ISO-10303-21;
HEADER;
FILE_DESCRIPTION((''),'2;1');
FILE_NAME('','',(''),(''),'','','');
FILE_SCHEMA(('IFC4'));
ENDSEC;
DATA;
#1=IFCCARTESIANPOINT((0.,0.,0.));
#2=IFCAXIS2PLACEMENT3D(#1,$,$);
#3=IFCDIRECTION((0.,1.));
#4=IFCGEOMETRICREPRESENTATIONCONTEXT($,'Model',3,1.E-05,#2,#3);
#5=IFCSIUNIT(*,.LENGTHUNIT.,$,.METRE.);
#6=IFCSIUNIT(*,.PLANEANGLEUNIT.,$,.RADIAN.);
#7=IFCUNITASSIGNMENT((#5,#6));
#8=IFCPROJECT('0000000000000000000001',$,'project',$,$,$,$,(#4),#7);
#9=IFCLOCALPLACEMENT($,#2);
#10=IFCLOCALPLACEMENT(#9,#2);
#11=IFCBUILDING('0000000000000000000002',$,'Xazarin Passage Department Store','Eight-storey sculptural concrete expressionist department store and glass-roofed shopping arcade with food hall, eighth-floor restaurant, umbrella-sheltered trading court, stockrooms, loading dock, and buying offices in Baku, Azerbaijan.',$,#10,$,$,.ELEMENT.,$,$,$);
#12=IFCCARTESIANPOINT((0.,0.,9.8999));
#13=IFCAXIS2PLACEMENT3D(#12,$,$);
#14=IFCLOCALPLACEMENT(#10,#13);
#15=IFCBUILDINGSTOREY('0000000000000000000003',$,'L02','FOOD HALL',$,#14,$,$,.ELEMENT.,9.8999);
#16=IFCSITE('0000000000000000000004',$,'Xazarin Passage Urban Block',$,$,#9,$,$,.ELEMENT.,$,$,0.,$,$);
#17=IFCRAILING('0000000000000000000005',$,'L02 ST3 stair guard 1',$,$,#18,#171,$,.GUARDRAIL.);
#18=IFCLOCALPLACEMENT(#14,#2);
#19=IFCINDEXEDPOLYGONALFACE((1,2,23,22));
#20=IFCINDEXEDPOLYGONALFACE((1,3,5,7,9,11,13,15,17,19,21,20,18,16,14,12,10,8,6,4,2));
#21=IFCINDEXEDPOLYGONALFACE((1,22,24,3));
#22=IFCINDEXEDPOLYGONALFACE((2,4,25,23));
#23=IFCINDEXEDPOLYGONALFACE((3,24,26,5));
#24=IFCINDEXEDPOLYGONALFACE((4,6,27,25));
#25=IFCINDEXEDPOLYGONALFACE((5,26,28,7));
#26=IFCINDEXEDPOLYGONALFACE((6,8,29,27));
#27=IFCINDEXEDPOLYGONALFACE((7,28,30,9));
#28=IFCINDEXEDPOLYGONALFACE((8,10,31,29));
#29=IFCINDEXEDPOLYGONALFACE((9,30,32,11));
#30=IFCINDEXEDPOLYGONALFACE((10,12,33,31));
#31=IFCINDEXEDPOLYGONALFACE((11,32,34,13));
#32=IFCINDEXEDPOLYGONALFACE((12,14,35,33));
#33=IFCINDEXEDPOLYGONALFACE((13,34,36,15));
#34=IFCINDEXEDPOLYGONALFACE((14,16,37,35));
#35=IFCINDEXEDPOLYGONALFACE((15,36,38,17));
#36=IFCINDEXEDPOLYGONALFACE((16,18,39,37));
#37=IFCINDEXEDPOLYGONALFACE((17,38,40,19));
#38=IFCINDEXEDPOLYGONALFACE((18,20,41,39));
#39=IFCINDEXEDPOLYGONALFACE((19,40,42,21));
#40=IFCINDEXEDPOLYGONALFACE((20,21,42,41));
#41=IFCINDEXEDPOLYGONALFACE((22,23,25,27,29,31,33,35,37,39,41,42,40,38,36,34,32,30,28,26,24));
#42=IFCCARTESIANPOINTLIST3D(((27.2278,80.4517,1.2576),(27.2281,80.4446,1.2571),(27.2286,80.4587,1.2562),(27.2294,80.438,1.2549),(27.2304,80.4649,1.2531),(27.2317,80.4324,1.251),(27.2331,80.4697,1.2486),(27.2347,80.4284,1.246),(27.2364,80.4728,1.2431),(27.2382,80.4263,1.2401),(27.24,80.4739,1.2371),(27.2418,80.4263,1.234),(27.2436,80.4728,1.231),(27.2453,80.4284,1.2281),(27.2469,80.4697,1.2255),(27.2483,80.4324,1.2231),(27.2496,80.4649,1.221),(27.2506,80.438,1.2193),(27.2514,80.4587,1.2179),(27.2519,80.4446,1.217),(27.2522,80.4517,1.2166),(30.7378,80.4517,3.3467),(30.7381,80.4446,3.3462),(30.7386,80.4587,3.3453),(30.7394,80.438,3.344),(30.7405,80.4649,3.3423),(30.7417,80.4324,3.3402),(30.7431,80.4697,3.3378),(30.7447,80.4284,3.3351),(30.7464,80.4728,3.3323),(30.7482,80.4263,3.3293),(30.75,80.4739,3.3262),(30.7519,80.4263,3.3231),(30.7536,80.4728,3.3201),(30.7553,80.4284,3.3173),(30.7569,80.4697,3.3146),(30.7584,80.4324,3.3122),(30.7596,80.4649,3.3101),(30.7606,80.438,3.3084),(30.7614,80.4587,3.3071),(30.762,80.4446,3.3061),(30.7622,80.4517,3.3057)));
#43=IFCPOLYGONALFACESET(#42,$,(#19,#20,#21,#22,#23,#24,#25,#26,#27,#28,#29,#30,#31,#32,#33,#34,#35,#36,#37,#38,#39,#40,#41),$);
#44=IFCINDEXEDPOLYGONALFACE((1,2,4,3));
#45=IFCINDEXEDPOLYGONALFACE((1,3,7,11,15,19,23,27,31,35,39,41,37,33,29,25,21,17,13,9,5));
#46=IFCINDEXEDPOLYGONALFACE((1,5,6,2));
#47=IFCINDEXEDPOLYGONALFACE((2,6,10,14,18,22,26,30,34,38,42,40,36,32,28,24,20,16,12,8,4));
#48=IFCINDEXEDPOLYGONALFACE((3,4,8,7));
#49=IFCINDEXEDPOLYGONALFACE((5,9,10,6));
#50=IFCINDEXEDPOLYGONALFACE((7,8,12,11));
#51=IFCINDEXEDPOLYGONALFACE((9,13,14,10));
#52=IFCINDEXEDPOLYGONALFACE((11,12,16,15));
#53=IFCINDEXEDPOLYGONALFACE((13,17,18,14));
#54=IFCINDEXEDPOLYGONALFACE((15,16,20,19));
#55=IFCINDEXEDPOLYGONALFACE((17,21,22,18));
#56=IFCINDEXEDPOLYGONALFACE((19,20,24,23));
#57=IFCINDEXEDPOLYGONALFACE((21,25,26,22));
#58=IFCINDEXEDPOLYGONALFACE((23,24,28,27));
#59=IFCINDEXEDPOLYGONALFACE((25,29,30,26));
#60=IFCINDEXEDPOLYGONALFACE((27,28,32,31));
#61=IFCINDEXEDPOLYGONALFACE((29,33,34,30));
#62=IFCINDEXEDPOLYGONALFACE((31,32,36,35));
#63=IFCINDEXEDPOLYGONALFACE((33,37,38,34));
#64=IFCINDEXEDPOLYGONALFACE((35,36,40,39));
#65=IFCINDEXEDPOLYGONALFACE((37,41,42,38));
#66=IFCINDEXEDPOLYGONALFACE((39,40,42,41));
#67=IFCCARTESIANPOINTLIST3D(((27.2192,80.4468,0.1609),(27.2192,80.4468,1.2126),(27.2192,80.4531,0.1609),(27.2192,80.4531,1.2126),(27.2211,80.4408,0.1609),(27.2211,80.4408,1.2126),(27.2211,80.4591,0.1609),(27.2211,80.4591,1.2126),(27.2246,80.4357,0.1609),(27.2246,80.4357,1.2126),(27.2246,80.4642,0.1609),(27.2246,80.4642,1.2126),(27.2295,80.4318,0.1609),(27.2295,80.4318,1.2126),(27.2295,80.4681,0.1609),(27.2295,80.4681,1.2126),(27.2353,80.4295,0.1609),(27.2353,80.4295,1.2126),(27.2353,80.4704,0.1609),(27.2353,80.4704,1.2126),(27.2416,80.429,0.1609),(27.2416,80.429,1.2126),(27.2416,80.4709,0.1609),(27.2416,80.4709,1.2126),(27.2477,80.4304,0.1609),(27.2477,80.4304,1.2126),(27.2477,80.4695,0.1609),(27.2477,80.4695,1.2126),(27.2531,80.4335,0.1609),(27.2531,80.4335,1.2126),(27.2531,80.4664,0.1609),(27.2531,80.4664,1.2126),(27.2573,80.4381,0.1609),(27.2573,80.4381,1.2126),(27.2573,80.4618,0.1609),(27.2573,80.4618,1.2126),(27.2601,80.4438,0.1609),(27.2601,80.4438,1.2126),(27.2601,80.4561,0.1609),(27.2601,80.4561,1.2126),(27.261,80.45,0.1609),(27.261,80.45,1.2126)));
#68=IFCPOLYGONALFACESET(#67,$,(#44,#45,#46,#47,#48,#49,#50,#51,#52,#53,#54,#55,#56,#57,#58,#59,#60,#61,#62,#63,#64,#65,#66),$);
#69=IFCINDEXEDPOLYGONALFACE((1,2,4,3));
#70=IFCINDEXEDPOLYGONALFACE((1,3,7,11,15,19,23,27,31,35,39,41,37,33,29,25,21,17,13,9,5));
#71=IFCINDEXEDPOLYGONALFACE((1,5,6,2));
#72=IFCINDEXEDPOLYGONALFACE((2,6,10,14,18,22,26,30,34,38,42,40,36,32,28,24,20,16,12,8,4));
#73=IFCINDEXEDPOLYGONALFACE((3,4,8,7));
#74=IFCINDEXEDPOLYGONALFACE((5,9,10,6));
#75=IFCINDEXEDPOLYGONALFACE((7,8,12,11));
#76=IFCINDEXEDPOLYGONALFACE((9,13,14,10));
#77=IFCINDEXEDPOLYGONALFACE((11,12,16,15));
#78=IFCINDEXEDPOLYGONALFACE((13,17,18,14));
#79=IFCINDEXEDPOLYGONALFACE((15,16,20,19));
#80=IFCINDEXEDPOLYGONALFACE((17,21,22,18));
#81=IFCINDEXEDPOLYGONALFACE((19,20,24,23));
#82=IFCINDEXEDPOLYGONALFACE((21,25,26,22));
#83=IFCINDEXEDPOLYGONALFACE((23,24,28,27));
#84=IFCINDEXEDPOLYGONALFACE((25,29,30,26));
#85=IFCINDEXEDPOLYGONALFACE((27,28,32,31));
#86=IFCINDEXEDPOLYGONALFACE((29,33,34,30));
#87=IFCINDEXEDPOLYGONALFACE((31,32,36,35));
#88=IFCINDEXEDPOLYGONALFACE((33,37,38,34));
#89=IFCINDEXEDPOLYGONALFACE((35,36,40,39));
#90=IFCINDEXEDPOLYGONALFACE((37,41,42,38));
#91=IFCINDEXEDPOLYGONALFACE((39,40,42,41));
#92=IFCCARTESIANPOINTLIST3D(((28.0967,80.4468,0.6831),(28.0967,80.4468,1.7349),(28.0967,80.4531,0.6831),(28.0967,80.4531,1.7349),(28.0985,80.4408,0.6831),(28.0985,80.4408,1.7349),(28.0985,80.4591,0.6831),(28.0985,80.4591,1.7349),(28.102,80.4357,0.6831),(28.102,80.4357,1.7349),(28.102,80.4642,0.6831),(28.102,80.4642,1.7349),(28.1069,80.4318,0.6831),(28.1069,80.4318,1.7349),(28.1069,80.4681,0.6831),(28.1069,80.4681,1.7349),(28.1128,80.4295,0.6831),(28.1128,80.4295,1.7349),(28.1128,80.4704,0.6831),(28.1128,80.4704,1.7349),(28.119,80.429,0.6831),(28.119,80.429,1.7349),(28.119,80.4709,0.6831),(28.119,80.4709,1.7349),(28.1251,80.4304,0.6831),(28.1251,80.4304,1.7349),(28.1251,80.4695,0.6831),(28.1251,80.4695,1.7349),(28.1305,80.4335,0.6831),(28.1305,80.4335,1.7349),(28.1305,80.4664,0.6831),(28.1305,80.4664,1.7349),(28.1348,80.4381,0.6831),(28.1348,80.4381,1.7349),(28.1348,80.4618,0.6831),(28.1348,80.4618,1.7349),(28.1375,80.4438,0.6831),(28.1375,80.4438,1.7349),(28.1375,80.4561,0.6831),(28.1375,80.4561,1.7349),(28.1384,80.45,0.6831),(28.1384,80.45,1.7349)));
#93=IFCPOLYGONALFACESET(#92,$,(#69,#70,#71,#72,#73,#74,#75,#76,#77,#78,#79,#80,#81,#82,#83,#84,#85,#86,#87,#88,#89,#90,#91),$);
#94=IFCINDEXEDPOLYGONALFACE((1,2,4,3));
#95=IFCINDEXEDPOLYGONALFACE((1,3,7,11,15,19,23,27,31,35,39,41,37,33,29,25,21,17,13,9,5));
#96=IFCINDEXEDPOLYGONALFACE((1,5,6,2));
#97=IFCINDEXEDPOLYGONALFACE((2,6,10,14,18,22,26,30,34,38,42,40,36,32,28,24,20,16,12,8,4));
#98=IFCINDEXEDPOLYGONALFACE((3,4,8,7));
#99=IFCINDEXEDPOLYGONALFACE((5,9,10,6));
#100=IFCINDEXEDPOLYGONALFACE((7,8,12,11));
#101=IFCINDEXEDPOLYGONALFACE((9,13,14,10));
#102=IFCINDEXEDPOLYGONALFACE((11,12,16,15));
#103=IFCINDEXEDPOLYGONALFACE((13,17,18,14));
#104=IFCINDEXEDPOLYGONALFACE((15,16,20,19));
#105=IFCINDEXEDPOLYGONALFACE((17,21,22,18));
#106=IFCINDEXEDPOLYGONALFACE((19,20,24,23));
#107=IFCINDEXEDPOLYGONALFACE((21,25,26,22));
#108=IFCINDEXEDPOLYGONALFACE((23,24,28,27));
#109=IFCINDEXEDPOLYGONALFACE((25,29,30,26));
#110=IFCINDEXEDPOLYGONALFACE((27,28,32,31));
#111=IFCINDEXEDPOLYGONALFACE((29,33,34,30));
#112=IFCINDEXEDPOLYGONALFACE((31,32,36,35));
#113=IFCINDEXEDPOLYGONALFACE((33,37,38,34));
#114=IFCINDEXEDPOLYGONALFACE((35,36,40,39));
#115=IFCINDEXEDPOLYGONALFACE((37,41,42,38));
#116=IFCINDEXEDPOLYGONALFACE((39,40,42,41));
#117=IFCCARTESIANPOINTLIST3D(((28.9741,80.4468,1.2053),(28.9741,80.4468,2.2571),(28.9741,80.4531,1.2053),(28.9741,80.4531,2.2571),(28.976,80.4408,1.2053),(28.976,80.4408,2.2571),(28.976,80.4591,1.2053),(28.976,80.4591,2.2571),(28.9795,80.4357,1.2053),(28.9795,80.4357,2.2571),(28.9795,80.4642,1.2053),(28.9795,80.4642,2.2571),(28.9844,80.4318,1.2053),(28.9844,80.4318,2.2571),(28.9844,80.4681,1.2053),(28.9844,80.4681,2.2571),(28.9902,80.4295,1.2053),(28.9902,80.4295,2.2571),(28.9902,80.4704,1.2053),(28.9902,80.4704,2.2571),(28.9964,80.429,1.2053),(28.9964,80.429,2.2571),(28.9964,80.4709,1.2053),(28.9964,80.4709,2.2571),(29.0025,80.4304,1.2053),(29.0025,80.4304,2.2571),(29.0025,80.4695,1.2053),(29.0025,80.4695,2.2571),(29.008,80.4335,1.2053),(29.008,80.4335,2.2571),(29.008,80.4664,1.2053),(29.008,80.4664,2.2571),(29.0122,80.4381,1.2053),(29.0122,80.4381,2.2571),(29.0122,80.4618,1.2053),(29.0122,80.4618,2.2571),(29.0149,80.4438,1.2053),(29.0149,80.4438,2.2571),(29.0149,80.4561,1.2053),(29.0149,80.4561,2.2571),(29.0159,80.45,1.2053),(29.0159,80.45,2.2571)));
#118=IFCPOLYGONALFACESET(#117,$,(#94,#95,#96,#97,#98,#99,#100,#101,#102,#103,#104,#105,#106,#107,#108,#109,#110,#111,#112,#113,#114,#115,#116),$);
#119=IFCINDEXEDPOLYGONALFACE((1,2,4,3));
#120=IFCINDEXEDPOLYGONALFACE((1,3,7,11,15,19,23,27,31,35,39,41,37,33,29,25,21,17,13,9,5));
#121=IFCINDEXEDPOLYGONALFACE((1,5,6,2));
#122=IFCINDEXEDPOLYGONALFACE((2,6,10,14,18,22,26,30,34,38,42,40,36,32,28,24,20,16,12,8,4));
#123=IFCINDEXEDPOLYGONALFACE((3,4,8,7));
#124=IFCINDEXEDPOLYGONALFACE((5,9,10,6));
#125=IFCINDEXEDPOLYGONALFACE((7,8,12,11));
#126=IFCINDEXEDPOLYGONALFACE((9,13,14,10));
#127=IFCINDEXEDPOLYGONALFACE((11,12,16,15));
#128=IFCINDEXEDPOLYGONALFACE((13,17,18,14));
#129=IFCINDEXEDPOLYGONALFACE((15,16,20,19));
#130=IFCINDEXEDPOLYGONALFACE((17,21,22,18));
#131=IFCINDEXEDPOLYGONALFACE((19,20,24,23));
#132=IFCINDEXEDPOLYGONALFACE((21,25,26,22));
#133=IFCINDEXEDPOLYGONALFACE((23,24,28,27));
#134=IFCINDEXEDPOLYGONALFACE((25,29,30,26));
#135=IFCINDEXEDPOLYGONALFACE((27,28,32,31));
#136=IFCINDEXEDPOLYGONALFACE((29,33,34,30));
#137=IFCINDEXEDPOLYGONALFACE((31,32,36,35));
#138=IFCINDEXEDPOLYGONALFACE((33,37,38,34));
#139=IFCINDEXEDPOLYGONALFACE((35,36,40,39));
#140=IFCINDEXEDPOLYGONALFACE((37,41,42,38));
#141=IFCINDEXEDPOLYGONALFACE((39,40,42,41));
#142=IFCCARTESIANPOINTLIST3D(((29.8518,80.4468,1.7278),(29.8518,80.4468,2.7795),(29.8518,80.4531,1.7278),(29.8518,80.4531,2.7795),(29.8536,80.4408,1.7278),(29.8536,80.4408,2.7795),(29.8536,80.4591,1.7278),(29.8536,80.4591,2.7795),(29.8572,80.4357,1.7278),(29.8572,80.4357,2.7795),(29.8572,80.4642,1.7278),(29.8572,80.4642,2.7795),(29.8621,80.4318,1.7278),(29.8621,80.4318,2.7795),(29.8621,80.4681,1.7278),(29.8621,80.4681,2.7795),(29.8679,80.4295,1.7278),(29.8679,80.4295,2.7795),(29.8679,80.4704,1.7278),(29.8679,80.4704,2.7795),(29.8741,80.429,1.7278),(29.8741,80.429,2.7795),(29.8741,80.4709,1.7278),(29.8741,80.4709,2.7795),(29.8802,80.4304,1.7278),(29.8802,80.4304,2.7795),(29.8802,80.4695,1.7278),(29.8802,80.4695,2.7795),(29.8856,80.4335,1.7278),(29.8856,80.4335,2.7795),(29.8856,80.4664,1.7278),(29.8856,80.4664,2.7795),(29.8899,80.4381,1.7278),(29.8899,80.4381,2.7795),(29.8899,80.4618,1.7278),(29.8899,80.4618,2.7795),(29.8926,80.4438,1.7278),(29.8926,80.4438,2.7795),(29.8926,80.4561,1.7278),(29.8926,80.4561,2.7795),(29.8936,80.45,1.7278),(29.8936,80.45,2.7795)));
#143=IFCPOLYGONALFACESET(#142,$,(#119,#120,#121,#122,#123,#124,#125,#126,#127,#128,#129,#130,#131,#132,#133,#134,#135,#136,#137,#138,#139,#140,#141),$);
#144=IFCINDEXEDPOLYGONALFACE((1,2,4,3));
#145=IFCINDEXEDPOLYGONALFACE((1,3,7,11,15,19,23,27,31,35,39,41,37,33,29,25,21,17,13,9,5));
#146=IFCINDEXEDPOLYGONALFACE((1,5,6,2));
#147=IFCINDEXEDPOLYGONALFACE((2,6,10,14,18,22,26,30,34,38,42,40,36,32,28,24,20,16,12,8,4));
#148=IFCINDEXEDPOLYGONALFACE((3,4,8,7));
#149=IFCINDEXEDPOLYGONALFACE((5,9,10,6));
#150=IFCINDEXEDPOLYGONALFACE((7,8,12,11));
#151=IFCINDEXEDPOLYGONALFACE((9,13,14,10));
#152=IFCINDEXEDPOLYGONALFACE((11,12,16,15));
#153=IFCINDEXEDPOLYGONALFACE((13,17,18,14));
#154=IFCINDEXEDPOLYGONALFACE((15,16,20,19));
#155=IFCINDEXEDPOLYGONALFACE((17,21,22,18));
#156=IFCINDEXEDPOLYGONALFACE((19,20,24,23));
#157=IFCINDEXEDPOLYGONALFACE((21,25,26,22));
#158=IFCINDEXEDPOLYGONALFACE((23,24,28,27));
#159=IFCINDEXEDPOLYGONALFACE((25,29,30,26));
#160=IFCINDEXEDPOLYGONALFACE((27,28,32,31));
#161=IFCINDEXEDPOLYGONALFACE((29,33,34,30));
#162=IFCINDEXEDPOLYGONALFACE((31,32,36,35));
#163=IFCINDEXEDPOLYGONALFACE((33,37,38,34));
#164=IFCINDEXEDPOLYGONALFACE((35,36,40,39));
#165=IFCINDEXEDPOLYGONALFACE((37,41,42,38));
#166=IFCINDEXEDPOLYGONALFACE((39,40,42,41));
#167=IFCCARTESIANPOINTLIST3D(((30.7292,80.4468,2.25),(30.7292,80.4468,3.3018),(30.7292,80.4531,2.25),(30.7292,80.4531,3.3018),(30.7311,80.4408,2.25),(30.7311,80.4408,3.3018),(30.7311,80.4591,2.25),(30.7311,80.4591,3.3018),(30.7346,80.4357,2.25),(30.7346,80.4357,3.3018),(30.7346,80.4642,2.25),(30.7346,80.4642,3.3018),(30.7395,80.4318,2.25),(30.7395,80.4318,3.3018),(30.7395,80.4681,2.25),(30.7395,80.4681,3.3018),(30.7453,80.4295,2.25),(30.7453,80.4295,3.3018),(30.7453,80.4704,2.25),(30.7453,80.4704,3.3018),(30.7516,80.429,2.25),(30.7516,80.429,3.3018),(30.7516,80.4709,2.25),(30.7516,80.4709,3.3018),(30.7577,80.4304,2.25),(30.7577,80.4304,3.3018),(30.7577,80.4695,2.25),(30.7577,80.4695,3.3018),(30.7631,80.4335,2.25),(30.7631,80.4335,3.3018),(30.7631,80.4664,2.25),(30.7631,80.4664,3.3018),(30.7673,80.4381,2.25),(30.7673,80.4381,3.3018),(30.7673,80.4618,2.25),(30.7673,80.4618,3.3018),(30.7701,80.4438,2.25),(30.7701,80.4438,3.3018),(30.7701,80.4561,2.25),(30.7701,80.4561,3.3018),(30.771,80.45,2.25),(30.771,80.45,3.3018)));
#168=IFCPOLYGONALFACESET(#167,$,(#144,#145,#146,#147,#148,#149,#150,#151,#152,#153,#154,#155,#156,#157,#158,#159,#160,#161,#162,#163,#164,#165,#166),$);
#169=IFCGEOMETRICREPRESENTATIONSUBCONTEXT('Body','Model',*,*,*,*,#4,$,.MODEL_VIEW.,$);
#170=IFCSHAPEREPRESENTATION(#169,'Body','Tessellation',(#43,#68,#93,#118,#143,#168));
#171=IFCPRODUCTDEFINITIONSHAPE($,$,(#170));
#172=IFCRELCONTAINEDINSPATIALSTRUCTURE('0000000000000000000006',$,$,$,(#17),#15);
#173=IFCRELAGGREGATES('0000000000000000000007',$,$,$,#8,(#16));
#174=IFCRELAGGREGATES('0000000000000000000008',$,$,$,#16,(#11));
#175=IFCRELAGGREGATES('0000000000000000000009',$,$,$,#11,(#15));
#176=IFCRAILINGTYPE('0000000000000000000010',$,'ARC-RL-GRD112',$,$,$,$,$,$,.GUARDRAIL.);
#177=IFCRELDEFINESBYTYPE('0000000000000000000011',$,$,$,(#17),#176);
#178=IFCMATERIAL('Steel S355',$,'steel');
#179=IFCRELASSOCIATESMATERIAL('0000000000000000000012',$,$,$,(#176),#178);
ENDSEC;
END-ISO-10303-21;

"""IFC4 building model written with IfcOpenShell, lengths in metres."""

from ifc_helpers import new_model, si_unit, direction, frame, origin, origin_2d, place, context, subcontext, project, spatial, circle, extrude, material, type_object, element, save


model = new_model("IFC4")

# Units and contexts
model_context = context("Model", 3, precision=1e-05, world=origin(), true_north=direction((0.0, 1.0)))
body_context = subcontext(model_context, "Body", "Model", "MODEL_VIEW")
ifc_project = project(units=[si_unit("LENGTHUNIT", "METRE"), si_unit("PLANEANGLEUNIT", "RADIAN")], contexts=[model_context])

# Site, building, storey
site_placement = place(None, origin())
site = spatial("IfcSite", under=ifc_project, at=site_placement, Name="Xazarin Passage Urban Block", CompositionType="ELEMENT", RefElevation=0.0)
building_placement = place(site_placement, origin())
building = spatial("IfcBuilding", under=site, at=building_placement, Name="Xazarin Passage Department Store", Description="Eight-storey sculptural concrete expressionist department store and glass-roofed shopping arcade with food hall, eighth-floor restaurant, umbrella-sheltered trading court, stockrooms, loading dock, and buying offices in Baku, Azerbaijan.", CompositionType="ELEMENT")
storey_placement = place(building_placement, frame((0.0, 0.0, 9.8999)))
storey = spatial("IfcBuildingStorey", under=building, at=storey_placement, Name="L02", Description="FOOD HALL", CompositionType="ELEMENT", Elevation=9.8999)

# Shared definitions
ifc_material_1 = material(Name="Steel S355", Category="steel")

# Railing
railing_type_1 = type_object("IfcRailingType", Name="ARC-RL-GRD112", PredefinedType="GUARDRAIL", material=ifc_material_1)
railing_1_placement = place(storey_placement, frame((27.24, 80.45, 0.1609)))
element("IfcRailing", 1, at=railing_1_placement, inside=storey, type_object=railing_type_1, Name="L02 ST3 stair guard 1", PredefinedType="GUARDRAIL", context=body_context, shape_type="SweptSolid", body=[
    extrude(circle(Radius=0.0239, at=origin_2d()), frame((0.0, 0.0, 1.0762), z_axis=(0.859312, 0.0, 0.511451), x_axis=(0.0, 1.0, 0.0)), (0.0, 0.0, 1.0), 4.0847),
    extrude(circle(Radius=0.021, at=origin_2d()), origin(), (0.0, 0.0, 1.0), 1.0518),
    extrude(circle(Radius=0.021, at=origin_2d()), frame((0.8774, 0.0, 0.5222)), (0.0, 0.0, 1.0), 1.0518),
    extrude(circle(Radius=0.021, at=origin_2d()), frame((1.7549, 0.0, 1.0444)), (0.0, 0.0, 1.0), 1.0518),
    extrude(circle(Radius=0.021, at=origin_2d()), frame((2.6326, 0.0, 1.5669)), (0.0, 0.0, 1.0), 1.0518),
    extrude(circle(Radius=0.021, at=origin_2d()), frame((3.51, 0.0, 2.0891)), (0.0, 0.0, 1.0), 1.0518),
])

save(model, "model.ifc")
